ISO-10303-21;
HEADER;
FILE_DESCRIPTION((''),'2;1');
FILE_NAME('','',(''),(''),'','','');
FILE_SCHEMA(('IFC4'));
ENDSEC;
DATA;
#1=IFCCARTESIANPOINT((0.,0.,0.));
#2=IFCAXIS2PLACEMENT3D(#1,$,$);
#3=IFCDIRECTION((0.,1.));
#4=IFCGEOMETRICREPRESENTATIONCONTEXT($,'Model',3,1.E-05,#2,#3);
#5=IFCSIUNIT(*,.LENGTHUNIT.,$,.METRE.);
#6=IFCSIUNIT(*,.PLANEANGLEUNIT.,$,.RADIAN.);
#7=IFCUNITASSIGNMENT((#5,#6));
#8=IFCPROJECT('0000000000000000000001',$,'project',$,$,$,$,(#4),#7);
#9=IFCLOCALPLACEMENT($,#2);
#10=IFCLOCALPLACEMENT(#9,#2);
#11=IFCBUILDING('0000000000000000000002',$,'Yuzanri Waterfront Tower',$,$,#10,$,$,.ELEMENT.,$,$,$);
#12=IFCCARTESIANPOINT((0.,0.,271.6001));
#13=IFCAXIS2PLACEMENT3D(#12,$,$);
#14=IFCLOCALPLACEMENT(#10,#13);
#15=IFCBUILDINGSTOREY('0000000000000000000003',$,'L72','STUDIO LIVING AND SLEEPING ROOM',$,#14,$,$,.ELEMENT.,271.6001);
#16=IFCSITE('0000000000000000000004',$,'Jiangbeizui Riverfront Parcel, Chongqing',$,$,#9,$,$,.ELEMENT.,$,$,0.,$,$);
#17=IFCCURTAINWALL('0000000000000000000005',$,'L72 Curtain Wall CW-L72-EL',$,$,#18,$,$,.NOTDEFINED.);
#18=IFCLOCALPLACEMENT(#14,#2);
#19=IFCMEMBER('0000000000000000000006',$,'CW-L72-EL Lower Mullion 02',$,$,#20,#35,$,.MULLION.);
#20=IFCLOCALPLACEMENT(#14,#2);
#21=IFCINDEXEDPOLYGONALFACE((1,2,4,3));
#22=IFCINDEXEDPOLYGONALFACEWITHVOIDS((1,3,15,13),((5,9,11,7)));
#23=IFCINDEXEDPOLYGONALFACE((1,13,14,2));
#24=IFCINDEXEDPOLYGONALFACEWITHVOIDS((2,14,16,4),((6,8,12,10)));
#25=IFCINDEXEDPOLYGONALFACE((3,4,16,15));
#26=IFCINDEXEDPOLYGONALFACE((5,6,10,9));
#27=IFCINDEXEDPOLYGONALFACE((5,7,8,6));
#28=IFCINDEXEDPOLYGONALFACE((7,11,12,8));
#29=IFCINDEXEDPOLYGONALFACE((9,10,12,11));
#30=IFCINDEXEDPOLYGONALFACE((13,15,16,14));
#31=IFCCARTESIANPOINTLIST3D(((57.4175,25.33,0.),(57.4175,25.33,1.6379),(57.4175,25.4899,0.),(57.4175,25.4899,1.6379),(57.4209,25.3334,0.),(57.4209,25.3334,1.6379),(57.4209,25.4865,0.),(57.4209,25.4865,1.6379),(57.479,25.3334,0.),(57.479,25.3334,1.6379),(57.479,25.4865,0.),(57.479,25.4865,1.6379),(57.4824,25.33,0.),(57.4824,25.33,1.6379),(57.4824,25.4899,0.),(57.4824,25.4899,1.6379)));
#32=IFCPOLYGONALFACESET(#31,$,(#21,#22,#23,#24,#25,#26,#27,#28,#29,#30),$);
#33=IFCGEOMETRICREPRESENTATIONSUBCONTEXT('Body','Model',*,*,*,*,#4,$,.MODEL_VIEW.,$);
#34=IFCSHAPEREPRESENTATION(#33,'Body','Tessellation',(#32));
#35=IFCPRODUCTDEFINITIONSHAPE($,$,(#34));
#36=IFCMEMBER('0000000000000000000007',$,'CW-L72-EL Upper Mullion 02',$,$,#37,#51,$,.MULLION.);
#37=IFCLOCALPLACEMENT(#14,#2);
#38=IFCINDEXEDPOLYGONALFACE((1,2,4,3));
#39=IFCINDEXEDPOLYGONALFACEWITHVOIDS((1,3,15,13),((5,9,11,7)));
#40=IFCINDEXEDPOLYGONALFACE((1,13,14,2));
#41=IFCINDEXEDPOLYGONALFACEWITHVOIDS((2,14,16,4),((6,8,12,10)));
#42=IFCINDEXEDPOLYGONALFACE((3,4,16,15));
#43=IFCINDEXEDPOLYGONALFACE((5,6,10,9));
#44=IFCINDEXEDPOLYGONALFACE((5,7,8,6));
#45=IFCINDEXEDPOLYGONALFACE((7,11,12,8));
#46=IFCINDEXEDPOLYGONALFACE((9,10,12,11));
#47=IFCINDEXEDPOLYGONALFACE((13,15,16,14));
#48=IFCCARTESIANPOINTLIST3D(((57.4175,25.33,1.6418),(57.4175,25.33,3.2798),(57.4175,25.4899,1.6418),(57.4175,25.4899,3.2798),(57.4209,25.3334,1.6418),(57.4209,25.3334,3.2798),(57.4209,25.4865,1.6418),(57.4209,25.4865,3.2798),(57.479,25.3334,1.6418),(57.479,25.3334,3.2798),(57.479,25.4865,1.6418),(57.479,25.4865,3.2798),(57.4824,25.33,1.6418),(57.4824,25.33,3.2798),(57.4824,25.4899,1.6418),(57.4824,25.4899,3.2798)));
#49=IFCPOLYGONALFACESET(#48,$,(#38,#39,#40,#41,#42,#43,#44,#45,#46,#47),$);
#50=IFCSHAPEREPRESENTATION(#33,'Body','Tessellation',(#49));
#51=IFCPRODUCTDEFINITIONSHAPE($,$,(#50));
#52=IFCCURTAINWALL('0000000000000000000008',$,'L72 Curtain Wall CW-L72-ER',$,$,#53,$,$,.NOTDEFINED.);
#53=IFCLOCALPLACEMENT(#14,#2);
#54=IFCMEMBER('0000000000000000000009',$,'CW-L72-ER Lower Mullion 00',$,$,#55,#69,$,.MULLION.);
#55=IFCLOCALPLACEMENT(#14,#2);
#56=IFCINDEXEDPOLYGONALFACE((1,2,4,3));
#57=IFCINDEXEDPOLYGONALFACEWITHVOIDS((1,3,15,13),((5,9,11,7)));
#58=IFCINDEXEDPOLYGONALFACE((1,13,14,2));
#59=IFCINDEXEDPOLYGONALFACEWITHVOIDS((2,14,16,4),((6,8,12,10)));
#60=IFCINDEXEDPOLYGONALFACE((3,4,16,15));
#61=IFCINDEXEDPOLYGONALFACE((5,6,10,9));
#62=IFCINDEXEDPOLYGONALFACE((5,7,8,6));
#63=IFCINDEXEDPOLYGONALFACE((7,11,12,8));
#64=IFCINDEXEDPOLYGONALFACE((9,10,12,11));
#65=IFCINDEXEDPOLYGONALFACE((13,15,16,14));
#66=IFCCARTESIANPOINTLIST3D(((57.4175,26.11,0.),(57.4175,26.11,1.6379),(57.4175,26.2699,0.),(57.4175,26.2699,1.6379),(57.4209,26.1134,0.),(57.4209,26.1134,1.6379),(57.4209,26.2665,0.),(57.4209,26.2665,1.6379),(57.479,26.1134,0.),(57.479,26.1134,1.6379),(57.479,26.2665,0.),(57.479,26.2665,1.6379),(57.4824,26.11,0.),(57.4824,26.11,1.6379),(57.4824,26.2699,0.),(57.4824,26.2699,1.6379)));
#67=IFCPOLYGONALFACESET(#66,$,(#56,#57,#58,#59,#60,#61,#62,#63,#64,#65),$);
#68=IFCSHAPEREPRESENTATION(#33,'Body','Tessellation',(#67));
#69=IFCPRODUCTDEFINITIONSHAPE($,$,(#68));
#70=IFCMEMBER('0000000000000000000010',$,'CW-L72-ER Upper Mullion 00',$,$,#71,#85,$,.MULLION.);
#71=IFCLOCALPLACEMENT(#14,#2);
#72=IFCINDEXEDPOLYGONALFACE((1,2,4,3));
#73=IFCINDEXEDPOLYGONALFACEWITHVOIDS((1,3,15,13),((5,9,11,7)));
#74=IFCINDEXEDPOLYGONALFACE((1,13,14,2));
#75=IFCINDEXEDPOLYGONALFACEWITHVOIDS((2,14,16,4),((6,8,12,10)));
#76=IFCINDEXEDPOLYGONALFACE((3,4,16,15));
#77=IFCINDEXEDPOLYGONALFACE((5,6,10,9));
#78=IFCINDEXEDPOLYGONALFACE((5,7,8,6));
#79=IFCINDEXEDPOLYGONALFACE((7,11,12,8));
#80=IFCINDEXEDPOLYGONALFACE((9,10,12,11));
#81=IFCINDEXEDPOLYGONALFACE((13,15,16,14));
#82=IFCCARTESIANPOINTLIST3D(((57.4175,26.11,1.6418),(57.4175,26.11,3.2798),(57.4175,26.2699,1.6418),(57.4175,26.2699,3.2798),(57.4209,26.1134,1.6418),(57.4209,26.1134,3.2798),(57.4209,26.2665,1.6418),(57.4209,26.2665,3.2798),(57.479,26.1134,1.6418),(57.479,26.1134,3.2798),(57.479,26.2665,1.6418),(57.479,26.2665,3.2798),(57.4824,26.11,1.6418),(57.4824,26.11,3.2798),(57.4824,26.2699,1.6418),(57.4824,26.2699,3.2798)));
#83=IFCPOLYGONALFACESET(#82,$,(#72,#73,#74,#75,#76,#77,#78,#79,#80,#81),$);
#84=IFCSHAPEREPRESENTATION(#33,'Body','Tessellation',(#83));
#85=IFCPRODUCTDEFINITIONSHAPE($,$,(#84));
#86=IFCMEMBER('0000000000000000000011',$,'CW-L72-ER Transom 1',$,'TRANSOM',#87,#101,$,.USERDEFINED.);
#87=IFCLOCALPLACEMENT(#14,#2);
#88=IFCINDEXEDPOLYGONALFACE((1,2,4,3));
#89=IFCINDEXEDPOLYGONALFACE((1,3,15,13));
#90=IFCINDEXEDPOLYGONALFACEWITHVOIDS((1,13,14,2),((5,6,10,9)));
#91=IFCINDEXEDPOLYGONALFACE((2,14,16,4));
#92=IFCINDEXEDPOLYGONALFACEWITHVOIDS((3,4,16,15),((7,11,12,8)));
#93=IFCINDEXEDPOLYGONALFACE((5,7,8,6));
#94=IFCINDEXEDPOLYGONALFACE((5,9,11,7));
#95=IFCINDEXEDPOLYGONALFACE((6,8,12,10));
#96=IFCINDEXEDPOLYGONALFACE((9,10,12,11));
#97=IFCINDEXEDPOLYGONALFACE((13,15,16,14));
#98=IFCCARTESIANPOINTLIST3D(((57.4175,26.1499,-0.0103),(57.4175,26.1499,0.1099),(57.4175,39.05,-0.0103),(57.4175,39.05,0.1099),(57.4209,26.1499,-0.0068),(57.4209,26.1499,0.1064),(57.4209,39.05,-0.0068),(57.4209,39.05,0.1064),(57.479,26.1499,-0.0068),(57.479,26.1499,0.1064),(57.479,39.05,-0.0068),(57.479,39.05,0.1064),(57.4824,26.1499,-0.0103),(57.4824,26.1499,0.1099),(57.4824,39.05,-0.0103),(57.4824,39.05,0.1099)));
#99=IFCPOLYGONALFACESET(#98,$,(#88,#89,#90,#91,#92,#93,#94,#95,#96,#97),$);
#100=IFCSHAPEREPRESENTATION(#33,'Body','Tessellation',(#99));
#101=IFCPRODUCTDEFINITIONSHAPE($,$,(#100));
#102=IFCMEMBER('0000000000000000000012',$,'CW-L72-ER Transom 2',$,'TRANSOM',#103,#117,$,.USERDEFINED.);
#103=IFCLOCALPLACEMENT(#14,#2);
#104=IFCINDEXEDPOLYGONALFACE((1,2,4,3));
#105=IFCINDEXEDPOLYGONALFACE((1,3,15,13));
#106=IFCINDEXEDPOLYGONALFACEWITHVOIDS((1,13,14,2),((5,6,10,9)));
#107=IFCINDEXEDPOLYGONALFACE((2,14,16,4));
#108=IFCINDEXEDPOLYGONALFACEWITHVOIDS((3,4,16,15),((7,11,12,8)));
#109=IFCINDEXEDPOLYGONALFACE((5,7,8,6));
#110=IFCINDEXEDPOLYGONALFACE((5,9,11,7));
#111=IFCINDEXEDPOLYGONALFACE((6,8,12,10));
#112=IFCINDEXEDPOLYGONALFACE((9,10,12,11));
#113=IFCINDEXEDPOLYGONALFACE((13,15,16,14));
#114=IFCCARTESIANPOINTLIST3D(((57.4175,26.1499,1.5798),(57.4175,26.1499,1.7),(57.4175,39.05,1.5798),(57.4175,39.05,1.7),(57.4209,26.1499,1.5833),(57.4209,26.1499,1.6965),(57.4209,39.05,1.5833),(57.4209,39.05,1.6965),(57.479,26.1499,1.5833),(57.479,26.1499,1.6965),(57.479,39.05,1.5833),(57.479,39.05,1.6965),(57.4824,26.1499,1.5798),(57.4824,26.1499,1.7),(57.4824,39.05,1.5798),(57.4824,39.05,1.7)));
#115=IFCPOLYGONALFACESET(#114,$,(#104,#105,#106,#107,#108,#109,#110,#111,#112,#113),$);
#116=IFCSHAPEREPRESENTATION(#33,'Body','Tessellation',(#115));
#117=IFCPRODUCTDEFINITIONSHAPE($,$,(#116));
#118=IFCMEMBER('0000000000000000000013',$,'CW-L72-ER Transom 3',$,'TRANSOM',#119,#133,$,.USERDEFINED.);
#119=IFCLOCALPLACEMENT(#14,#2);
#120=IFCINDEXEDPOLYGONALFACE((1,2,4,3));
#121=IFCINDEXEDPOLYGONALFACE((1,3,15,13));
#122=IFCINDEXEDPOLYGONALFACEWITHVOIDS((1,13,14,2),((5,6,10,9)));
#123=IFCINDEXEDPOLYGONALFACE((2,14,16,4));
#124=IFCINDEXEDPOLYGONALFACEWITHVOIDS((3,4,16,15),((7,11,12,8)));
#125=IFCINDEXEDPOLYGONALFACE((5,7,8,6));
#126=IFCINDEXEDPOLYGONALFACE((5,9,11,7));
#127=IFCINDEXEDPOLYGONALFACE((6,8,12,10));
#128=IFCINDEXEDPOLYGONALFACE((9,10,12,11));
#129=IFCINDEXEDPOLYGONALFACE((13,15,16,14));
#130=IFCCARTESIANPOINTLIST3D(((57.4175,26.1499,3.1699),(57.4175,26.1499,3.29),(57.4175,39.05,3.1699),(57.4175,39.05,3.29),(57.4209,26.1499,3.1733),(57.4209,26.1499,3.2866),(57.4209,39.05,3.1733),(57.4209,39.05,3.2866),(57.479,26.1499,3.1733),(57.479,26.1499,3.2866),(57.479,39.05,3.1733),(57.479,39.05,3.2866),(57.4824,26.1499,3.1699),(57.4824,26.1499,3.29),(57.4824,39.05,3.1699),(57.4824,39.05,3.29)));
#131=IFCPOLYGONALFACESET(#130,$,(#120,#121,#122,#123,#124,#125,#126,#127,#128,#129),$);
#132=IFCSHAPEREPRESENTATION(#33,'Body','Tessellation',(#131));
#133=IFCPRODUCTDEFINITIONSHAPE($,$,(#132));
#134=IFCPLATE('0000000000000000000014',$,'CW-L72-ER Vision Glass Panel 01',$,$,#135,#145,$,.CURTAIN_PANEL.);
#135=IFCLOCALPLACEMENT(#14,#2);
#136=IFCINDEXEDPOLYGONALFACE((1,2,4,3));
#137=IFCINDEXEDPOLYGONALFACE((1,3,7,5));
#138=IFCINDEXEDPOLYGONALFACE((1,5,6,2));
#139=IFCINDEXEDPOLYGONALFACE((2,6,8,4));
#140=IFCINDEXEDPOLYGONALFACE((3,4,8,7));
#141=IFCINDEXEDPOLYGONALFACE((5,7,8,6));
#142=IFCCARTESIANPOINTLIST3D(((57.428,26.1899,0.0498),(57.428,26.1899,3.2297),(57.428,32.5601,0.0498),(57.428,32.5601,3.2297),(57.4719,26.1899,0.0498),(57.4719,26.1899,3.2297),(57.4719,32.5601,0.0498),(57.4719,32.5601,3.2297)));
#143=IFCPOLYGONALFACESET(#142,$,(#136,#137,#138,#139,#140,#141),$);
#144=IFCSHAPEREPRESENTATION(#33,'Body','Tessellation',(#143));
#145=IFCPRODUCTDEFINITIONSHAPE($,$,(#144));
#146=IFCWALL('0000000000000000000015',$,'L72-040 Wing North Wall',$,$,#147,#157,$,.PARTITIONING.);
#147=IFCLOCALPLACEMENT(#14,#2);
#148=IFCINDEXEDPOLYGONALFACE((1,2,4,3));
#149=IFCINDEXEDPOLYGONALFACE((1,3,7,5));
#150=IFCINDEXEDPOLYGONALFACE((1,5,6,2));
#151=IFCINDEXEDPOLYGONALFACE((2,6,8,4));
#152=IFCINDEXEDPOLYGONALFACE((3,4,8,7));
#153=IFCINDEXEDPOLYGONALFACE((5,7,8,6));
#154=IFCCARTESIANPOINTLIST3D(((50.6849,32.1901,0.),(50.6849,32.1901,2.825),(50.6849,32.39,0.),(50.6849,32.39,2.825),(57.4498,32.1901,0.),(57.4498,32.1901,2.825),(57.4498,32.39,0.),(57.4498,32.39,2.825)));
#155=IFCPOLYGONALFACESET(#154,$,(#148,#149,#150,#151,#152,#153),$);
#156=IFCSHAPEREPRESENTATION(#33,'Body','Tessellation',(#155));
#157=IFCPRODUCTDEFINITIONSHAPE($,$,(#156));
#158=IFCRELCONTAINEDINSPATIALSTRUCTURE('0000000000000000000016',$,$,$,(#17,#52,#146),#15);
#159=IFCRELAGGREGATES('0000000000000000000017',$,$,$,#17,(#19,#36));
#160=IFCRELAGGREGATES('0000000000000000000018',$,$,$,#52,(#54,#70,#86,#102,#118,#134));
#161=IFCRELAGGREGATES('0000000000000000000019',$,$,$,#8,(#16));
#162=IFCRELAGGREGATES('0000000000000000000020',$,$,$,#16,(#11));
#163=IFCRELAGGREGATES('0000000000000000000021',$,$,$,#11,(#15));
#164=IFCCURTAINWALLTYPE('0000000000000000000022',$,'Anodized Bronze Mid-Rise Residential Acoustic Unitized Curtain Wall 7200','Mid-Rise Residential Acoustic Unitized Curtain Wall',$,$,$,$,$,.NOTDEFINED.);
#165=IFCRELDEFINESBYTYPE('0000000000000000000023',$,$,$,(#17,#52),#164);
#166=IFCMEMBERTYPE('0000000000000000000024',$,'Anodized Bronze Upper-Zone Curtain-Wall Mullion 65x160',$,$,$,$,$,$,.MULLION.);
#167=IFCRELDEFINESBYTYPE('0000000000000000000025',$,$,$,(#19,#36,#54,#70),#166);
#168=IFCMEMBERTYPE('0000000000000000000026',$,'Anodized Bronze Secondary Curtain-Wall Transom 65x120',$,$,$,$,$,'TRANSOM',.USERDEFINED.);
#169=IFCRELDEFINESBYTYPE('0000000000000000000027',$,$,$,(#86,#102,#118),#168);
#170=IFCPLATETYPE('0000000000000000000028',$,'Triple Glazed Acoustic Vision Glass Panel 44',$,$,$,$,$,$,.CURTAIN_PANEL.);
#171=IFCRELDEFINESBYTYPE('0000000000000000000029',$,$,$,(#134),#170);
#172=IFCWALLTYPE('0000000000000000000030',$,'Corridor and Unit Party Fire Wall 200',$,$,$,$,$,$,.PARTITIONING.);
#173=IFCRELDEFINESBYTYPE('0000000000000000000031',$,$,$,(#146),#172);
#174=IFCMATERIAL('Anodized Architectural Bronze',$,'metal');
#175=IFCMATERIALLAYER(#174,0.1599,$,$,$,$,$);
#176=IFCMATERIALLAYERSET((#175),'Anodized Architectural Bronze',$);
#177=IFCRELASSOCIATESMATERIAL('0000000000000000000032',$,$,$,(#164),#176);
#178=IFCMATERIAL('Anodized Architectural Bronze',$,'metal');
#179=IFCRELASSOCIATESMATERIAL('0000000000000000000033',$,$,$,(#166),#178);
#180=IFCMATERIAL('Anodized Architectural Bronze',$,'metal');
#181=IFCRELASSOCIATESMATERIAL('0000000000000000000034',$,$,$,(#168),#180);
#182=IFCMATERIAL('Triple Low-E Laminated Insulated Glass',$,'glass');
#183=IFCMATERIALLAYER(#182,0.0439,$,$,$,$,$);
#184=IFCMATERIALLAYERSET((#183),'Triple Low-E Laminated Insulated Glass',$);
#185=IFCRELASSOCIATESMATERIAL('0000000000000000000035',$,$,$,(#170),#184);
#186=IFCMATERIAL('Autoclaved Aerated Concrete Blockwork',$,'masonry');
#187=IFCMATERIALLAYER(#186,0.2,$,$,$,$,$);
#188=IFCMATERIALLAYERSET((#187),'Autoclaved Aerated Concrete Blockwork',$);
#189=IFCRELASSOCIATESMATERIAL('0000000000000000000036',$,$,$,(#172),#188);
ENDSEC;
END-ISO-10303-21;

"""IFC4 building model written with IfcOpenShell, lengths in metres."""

from ifc_helpers import new_model, si_unit, direction, frame, frame_2d, origin, origin_2d, place, context, subcontext, project, spatial, rectangle, hollow_rectangle, extrude, source, transform, mapped, material, layer, layer_set, material_profile, profile_set, type_object, element, aggregate, save


model = new_model("IFC4")

# Units and contexts
model_context = context("Model", 3, precision=1e-05, world=origin(), true_north=direction((0.0, 1.0)))
body_context = subcontext(model_context, "Body", "Model", "MODEL_VIEW")
ifc_project = project(units=[si_unit("LENGTHUNIT", "METRE"), si_unit("PLANEANGLEUNIT", "RADIAN")], contexts=[model_context])

# Site, building, storey
site_placement = place(None, origin())
site = spatial("IfcSite", under=ifc_project, at=site_placement, Name="Jiangbeizui Riverfront Parcel, Chongqing", CompositionType="ELEMENT", RefElevation=0.0)
building_placement = place(site_placement, origin())
building = spatial("IfcBuilding", under=site, at=building_placement, Name="Yuzanri Waterfront Tower", CompositionType="ELEMENT")
storey_placement = place(building_placement, frame((0.0, 0.0, 271.6001)))
storey = spatial("IfcBuildingStorey", under=building, at=storey_placement, Name="L72", Description="STUDIO LIVING AND SLEEPING ROOM", CompositionType="ELEMENT", Elevation=271.6001)

# Curtain wall, members
ifc_material_1 = material(Name="Anodized Architectural Bronze", Category="metal")
ifc_layer_1 = layer(ifc_material_1, 0.1599)
ifc_layer_set_1 = layer_set([ifc_layer_1], Name="Anodized Architectural Bronze")
curtain_wall_type = type_object("IfcCurtainWallType", Name="Anodized Bronze Mid-Rise Residential Acoustic Unitized Curtain Wall 7200", Description="Mid-Rise Residential Acoustic Unitized Curtain Wall", PredefinedType="NOTDEFINED", material=ifc_layer_set_1)
curtain_wall_1_placement = place(storey_placement, origin())
curtain_wall_1 = element("IfcCurtainWall", 1, at=curtain_wall_1_placement, inside=storey, type_object=curtain_wall_type, Name="L72 Curtain Wall CW-L72-EL", PredefinedType="NOTDEFINED")
ifc_material_2 = material(Name="Anodized Architectural Bronze", Category="metal")
ifc_material_profile_1 = material_profile(ifc_material_2, hollow_rectangle(XDim=0.0649, YDim=0.1599, WallThickness=0.0034, at=origin_2d()), Name="CWM 65x160")
ifc_profile_set_1 = profile_set([ifc_material_profile_1], Name="Anodized Architectural Bronze")
member_type_1 = type_object("IfcMemberType", Name="Anodized Bronze Upper-Zone Curtain-Wall Mullion 65x160", PredefinedType="MULLION", material=ifc_profile_set_1)
shared_shape_1 = source(origin(), body_context, "Body", "SweptSolid", [
    extrude(hollow_rectangle(XDim=0.0649, YDim=0.1599, WallThickness=0.0034, at=origin_2d()), origin(), (0.0, 0.0, 1.0), 1.6379),
])
member_1_placement = place(storey_placement, frame((57.45, 25.4099, 0.0), z_axis=(0.0, 0.0, 1.0), x_axis=(1.0, 0.0, 0.0)))
member_1 = element("IfcMember", 2, at=member_1_placement, type_object=member_type_1, Name="CW-L72-EL Lower Mullion 02", PredefinedType="MULLION", context=body_context, shape_type="MappedRepresentation", body=[
    mapped(shared_shape_1, transform((0.0, 0.0, 0.0), scale=1.0)),
])
member_2_placement = place(storey_placement, frame((57.45, 25.4099, 1.6418), z_axis=(0.0, 0.0, 1.0), x_axis=(1.0, 0.0, 0.0)))
member_2 = element("IfcMember", 3, at=member_2_placement, type_object=member_type_1, Name="CW-L72-EL Upper Mullion 02", PredefinedType="MULLION", context=body_context, shape_type="MappedRepresentation", body=[
    mapped(shared_shape_1, transform((0.0, 0.0, 0.0), scale=1.0)),
])
aggregate(curtain_wall_1, [member_1, member_2])

# Curtain wall, members, plate
curtain_wall_2_placement = place(storey_placement, origin())
curtain_wall_2 = element("IfcCurtainWall", 4, at=curtain_wall_2_placement, inside=storey, type_object=curtain_wall_type, Name="L72 Curtain Wall CW-L72-ER", PredefinedType="NOTDEFINED")
member_3_placement = place(storey_placement, frame((57.45, 26.1899, 0.0), z_axis=(0.0, 0.0, 1.0), x_axis=(1.0, 0.0, 0.0)))
member_3 = element("IfcMember", 5, at=member_3_placement, type_object=member_type_1, Name="CW-L72-ER Lower Mullion 00", PredefinedType="MULLION", context=body_context, shape_type="MappedRepresentation", body=[
    mapped(shared_shape_1, transform((0.0, 0.0, 0.0), scale=1.0)),
])
member_4_placement = place(storey_placement, frame((57.45, 26.1899, 1.6418), z_axis=(0.0, 0.0, 1.0), x_axis=(1.0, 0.0, 0.0)))
member_4 = element("IfcMember", 6, at=member_4_placement, type_object=member_type_1, Name="CW-L72-ER Upper Mullion 00", PredefinedType="MULLION", context=body_context, shape_type="MappedRepresentation", body=[
    mapped(shared_shape_1, transform((0.0, 0.0, 0.0), scale=1.0)),
])
ifc_material_3 = material(Name="Anodized Architectural Bronze", Category="metal")
ifc_material_profile_2 = material_profile(ifc_material_3, hollow_rectangle(XDim=0.0649, YDim=0.1201, WallThickness=0.0034, at=origin_2d()), Name="CWT 65x120")
ifc_profile_set_2 = profile_set([ifc_material_profile_2], Name="Anodized Architectural Bronze")
member_type_2 = type_object("IfcMemberType", Name="Anodized Bronze Secondary Curtain-Wall Transom 65x120", ElementType="TRANSOM", PredefinedType="USERDEFINED", material=ifc_profile_set_2)
shared_shape_2 = source(origin(), body_context, "Body", "SweptSolid", [
    extrude(hollow_rectangle(XDim=0.0649, YDim=0.1201, WallThickness=0.0034, at=origin_2d()), origin(), (0.0, 0.0, 1.0), 12.9001),
])
member_5_placement = place(storey_placement, frame((57.45, 26.1499, 0.0498), z_axis=(0.0, 1.0, 0.0), x_axis=(-1.0, 0.0, 0.0)))
member_5 = element("IfcMember", 7, at=member_5_placement, type_object=member_type_2, Name="CW-L72-ER Transom 1", ObjectType="TRANSOM", PredefinedType="USERDEFINED", context=body_context, shape_type="MappedRepresentation", body=[
    mapped(shared_shape_2, transform((0.0, 0.0, 0.0), scale=1.0)),
])
member_6_placement = place(storey_placement, frame((57.45, 26.1499, 1.6399), z_axis=(0.0, 1.0, 0.0), x_axis=(-1.0, 0.0, 0.0)))
member_6 = element("IfcMember", 8, at=member_6_placement, type_object=member_type_2, Name="CW-L72-ER Transom 2", ObjectType="TRANSOM", PredefinedType="USERDEFINED", context=body_context, shape_type="MappedRepresentation", body=[
    mapped(shared_shape_2, transform((0.0, 0.0, 0.0), scale=1.0)),
])
member_7_placement = place(storey_placement, frame((57.45, 26.1499, 3.23), z_axis=(0.0, 1.0, 0.0), x_axis=(-1.0, 0.0, 0.0)))
member_7 = element("IfcMember", 9, at=member_7_placement, type_object=member_type_2, Name="CW-L72-ER Transom 3", ObjectType="TRANSOM", PredefinedType="USERDEFINED", context=body_context, shape_type="MappedRepresentation", body=[
    mapped(shared_shape_2, transform((0.0, 0.0, 0.0), scale=1.0)),
])
ifc_material_4 = material(Name="Triple Low-E Laminated Insulated Glass", Category="glass")
ifc_layer_2 = layer(ifc_material_4, 0.0439)
ifc_layer_set_2 = layer_set([ifc_layer_2], Name="Triple Low-E Laminated Insulated Glass")
plate_type = type_object("IfcPlateType", Name="Triple Glazed Acoustic Vision Glass Panel 44", PredefinedType="CURTAIN_PANEL", material=ifc_layer_set_2)
shared_shape_3 = source(origin(), body_context, "Body", "SweptSolid", [
    extrude(rectangle(XDim=6.3701, YDim=0.0439, at=origin_2d()), origin(), (0.0, 0.0, 1.0), 3.1799),
])
plate_placement = place(storey_placement, frame((57.45, 29.375, 0.0498), z_axis=(0.0, 0.0, 1.0), x_axis=(0.0, 1.0, 0.0)))
plate = element("IfcPlate", 10, at=plate_placement, type_object=plate_type, Name="CW-L72-ER Vision Glass Panel 01", PredefinedType="CURTAIN_PANEL", context=body_context, shape_type="MappedRepresentation", body=[
    mapped(shared_shape_3, transform((0.0, 0.0, 0.0), scale=1.0)),
])
aggregate(curtain_wall_2, [member_3, member_4, member_5, member_6, member_7, plate])

# Wall
ifc_material_5 = material(Name="Autoclaved Aerated Concrete Blockwork", Category="masonry")
ifc_layer_3 = layer(ifc_material_5, 0.2)
ifc_layer_set_3 = layer_set([ifc_layer_3], Name="Autoclaved Aerated Concrete Blockwork")
wall_type = type_object("IfcWallType", Name="Corridor and Unit Party Fire Wall 200", PredefinedType="PARTITIONING", material=ifc_layer_set_3)
shared_shape_4 = source(origin(), body_context, "Body", "SweptSolid", [
    extrude(rectangle(XDim=6.7649, YDim=0.2, at=frame_2d((3.3823, 0.0))), origin(), (0.0, 0.0, 1.0), 2.825),
])
wall_placement = place(storey_placement, frame((50.6851, 32.29, 0.0), z_axis=(0.0, 0.0, 1.0), x_axis=(1.0, 0.0, 0.0)))
element("IfcWall", 11, at=wall_placement, inside=storey, type_object=wall_type, Name="L72-040 Wing North Wall", PredefinedType="PARTITIONING", context=body_context, shape_type="MappedRepresentation", body=[
    mapped(shared_shape_4, transform((0.0, 0.0, 0.0), scale=1.0)),
])

save(model, "model.ifc")
